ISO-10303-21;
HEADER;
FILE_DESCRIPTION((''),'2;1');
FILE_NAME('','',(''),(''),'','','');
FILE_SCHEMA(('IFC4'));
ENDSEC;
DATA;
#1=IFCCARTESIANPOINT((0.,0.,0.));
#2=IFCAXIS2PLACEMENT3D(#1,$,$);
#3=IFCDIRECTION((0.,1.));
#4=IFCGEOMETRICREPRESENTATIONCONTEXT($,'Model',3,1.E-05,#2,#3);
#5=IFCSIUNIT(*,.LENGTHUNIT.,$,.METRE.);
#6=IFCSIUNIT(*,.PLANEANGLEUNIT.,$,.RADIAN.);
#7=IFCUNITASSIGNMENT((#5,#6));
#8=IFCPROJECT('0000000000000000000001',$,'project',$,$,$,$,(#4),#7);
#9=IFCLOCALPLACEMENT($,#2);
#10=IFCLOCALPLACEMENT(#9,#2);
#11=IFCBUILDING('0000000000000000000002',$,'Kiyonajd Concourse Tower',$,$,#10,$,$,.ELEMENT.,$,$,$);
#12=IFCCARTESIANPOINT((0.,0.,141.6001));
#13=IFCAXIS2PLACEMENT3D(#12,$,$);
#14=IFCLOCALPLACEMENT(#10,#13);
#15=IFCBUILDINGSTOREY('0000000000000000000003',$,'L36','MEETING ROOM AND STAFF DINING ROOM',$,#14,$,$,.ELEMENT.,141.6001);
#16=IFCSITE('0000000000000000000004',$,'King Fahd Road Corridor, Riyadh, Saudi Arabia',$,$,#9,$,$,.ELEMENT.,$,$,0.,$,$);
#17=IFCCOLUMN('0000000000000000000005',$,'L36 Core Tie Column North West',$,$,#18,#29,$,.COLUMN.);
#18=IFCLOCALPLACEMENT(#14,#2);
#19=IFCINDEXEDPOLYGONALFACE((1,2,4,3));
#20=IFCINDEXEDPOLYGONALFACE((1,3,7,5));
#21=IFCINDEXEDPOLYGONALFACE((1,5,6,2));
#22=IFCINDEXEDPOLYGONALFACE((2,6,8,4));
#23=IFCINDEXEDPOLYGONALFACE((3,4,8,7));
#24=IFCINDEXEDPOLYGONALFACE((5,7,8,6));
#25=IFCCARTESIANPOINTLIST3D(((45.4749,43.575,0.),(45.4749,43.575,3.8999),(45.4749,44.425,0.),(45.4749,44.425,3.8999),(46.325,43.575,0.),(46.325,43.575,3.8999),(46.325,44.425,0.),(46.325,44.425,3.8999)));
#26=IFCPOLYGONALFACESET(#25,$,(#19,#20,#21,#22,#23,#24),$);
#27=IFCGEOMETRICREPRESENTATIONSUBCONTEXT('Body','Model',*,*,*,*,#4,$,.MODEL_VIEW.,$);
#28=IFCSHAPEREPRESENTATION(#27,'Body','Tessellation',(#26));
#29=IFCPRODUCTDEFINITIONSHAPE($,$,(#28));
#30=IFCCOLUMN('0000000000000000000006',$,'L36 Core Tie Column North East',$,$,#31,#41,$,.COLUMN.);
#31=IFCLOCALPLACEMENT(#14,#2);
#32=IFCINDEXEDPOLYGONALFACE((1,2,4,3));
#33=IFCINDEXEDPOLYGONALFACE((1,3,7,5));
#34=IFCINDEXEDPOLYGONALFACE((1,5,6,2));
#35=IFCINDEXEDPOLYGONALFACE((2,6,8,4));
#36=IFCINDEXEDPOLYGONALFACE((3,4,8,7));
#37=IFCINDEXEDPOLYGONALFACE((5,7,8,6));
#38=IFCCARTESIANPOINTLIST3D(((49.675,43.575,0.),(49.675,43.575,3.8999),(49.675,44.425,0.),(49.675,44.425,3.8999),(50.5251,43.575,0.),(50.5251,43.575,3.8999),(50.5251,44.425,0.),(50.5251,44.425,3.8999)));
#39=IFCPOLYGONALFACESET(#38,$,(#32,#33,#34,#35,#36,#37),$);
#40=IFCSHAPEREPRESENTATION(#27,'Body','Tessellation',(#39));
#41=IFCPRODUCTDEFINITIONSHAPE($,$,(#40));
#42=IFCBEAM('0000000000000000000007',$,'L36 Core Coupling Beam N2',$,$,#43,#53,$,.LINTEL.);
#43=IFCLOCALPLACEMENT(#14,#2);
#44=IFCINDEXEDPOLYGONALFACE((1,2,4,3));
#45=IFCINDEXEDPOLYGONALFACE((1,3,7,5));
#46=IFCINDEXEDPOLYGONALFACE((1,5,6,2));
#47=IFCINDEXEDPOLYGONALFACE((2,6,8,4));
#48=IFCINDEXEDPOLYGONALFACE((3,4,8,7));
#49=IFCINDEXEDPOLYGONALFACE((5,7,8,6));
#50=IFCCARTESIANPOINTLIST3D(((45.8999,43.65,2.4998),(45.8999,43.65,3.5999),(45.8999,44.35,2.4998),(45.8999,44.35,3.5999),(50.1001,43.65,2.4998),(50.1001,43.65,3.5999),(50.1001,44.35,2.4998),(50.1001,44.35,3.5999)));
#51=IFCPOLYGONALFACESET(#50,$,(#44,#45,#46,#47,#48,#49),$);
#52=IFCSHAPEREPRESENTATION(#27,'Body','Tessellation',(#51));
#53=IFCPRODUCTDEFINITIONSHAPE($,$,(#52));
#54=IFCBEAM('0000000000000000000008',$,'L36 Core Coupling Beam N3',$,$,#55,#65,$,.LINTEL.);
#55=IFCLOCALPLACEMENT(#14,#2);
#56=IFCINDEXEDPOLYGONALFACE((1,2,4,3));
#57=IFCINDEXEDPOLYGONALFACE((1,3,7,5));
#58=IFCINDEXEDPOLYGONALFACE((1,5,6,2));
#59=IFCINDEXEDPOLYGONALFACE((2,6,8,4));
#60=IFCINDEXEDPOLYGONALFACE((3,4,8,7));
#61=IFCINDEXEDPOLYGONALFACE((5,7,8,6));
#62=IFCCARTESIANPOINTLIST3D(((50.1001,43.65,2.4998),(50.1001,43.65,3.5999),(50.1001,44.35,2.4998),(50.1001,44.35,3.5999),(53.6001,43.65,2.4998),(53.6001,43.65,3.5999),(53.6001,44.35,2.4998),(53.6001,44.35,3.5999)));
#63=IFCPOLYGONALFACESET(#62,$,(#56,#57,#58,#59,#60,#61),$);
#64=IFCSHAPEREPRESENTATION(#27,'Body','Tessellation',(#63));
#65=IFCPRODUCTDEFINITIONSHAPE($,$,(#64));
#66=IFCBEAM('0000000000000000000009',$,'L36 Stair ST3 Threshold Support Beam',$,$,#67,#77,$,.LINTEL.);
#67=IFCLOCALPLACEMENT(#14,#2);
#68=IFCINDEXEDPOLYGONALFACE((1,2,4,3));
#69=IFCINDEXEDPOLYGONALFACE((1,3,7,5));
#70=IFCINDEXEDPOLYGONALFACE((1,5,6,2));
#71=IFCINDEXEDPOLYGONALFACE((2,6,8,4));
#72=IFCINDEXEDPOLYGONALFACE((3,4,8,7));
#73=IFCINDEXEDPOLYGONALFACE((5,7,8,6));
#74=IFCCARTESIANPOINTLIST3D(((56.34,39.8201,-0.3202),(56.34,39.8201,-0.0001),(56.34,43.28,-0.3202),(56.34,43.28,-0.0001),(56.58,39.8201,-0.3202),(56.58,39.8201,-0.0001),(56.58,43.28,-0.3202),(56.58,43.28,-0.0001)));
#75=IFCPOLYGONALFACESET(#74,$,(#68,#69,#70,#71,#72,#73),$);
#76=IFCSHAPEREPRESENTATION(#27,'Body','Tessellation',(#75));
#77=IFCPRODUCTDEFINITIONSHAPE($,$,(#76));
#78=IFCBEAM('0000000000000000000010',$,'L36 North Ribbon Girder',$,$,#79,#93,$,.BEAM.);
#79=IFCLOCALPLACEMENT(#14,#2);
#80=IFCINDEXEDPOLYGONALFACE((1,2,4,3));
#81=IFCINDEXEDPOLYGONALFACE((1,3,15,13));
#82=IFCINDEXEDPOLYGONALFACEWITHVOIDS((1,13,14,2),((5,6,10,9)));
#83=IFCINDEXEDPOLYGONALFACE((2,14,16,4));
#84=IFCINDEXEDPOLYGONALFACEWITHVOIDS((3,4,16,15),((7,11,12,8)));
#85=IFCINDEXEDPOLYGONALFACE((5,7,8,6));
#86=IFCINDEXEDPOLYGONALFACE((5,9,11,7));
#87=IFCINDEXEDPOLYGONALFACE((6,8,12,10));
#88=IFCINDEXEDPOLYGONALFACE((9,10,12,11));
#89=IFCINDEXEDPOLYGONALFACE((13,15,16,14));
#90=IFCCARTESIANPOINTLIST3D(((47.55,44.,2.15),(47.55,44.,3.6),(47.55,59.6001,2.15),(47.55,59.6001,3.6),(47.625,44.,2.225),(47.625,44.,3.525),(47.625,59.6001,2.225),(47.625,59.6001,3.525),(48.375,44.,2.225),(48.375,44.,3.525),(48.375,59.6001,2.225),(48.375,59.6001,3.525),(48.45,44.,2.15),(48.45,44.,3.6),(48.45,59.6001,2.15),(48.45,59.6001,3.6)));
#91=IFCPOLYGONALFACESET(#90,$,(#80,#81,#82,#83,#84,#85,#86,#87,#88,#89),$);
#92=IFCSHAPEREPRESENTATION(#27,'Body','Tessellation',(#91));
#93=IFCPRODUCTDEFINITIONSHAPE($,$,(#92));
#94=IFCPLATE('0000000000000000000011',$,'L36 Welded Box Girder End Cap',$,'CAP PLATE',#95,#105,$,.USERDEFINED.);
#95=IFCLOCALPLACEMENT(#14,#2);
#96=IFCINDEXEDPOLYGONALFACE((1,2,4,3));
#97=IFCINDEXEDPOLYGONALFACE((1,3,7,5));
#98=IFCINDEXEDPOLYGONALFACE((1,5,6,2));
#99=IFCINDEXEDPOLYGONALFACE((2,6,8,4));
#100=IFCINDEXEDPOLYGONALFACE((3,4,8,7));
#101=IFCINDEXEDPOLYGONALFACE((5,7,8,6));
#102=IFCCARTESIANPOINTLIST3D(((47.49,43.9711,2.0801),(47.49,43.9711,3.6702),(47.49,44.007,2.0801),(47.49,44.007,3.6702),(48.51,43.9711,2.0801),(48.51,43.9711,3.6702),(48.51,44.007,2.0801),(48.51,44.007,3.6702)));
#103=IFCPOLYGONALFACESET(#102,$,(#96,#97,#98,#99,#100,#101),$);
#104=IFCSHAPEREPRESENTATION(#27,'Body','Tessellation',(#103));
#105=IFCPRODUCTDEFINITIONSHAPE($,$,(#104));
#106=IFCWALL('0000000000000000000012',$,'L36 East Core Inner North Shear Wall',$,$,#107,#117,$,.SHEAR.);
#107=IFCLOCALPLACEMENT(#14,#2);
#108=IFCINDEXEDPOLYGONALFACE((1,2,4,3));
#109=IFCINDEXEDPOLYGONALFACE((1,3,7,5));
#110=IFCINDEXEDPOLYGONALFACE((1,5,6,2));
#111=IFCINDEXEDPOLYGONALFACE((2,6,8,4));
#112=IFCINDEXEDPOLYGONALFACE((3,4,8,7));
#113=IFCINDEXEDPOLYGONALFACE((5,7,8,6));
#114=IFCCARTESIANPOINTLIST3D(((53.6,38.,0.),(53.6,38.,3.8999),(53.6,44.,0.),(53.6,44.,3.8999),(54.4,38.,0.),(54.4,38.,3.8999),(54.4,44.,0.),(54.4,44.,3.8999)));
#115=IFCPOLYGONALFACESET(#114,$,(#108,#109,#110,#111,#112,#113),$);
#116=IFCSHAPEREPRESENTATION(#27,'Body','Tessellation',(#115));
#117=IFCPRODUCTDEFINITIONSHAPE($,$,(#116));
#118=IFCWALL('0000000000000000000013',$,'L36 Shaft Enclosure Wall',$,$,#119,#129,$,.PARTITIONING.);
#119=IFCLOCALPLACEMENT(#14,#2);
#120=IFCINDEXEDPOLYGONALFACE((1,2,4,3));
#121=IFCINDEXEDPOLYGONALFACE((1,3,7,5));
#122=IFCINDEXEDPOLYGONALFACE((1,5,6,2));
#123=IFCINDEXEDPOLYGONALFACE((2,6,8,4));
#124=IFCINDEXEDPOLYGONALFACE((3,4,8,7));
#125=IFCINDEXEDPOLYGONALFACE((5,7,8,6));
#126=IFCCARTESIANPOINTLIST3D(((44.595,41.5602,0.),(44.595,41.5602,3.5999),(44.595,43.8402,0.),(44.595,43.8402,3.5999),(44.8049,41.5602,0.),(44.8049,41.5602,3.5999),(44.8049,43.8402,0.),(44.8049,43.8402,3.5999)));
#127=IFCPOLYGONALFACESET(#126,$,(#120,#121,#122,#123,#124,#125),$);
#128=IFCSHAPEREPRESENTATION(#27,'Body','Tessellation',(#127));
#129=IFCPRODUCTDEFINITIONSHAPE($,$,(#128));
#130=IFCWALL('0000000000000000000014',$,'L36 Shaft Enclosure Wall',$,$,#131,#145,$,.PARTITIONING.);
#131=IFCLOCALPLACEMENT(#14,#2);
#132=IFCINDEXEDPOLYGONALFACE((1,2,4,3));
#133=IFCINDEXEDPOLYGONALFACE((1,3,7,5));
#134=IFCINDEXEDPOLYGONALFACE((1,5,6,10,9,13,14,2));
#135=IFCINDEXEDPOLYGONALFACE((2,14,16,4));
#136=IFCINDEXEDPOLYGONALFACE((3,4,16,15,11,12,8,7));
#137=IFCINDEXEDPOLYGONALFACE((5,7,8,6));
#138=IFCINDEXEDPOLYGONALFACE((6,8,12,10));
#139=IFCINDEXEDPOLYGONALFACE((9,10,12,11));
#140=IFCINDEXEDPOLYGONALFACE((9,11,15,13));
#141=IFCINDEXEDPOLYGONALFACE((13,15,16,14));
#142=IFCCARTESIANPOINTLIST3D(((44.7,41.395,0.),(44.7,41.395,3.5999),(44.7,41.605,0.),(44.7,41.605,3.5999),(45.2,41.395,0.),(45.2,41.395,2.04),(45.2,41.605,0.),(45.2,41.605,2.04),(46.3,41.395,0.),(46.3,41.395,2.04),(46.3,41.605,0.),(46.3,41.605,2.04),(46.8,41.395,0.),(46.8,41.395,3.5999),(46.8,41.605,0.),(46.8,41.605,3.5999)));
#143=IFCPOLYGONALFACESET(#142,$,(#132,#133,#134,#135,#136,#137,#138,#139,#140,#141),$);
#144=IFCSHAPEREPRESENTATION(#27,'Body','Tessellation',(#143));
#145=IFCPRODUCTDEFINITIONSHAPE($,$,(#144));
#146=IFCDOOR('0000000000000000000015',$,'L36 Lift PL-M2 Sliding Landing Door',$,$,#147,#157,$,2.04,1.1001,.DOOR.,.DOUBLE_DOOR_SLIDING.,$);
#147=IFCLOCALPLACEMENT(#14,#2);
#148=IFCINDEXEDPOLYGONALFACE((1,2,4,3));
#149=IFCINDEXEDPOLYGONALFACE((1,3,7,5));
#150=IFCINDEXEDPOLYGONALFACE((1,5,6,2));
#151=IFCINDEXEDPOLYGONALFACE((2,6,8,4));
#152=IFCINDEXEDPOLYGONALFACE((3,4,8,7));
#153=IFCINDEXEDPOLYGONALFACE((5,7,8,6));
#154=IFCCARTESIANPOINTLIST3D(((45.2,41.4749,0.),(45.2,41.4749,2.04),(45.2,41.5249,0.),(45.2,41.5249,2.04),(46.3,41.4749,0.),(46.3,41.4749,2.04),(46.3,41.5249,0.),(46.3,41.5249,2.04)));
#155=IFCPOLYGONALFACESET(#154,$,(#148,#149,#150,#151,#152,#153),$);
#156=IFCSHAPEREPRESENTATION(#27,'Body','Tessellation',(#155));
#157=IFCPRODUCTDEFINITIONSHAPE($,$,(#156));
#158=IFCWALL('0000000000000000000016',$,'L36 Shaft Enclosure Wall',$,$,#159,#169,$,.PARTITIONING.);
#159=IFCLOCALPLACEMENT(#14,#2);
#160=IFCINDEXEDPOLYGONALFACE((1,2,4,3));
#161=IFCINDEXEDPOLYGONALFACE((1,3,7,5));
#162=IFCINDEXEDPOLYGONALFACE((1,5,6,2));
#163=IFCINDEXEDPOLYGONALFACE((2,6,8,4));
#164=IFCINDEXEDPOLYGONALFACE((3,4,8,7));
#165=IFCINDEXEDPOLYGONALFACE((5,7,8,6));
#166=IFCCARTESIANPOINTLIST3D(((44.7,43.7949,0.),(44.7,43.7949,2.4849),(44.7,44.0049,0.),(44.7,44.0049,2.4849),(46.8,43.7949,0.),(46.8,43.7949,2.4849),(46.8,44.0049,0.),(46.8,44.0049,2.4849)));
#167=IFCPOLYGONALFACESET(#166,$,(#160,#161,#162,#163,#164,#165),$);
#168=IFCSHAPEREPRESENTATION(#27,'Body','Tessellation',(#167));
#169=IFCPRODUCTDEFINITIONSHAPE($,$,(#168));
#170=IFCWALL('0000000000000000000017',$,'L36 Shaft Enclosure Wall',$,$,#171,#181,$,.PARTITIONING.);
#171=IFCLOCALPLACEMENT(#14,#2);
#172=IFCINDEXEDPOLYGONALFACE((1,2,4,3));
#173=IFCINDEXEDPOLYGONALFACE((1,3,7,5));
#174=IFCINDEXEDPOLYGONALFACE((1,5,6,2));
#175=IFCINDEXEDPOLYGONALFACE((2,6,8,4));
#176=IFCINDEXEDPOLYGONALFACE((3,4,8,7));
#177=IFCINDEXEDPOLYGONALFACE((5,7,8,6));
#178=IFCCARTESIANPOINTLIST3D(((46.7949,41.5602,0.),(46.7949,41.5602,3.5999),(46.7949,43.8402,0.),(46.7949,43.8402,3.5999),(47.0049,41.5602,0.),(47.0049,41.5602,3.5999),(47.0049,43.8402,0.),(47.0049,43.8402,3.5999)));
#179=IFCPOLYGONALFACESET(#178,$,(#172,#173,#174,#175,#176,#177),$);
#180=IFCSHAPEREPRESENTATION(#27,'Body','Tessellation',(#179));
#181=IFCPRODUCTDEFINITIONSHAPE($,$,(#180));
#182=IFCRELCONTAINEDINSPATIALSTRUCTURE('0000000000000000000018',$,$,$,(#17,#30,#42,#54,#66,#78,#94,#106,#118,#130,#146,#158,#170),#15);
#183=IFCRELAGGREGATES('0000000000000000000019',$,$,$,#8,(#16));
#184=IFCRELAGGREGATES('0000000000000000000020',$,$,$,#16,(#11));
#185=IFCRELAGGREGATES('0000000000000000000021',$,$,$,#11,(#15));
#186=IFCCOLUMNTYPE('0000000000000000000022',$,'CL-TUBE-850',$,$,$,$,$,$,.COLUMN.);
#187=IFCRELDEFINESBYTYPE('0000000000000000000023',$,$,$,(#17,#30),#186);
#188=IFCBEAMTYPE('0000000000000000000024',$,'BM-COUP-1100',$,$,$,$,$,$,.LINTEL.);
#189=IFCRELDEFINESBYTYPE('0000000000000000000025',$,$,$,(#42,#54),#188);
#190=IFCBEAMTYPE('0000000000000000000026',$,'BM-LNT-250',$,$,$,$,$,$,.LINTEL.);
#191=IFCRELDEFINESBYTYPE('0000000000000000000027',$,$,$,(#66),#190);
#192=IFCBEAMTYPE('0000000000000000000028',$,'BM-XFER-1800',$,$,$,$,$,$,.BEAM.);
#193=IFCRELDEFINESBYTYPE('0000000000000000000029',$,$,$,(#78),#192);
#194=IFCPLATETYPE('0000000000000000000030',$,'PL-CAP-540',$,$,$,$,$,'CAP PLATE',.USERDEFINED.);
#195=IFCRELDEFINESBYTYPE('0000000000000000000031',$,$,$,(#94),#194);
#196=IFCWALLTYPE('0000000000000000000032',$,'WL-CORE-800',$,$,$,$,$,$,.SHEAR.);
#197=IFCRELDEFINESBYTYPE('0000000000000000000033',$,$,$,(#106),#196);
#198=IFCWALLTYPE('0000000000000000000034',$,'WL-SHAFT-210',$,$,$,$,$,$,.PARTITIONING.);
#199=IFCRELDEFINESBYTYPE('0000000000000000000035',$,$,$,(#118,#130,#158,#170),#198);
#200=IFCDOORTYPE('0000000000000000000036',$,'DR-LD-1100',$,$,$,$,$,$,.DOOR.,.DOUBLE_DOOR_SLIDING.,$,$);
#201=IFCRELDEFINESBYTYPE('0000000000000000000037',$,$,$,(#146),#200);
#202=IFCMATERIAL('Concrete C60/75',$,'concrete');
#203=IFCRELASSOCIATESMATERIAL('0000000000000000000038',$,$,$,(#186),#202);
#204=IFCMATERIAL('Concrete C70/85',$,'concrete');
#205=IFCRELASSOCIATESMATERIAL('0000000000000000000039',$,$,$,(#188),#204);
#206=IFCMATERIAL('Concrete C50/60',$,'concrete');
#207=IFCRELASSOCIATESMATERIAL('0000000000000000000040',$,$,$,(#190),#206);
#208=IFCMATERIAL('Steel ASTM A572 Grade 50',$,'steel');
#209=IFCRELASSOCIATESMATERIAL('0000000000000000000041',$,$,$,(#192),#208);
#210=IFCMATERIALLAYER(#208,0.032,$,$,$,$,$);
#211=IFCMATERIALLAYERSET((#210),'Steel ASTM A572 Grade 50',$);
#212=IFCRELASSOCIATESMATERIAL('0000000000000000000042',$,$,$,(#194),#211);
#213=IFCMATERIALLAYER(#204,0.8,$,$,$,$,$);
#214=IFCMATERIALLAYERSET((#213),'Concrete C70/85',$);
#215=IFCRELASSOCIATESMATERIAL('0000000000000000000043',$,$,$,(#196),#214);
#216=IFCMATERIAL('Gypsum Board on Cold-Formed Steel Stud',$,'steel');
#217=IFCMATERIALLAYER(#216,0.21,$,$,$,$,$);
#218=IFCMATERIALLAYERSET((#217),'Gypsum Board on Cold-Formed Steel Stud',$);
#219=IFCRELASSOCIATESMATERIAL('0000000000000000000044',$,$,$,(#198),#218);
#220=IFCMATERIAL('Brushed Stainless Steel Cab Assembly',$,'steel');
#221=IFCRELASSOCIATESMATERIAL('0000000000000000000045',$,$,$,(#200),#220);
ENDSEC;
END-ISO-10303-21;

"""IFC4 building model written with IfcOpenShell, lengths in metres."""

from ifc_helpers import new_model, si_unit, direction, frame, frame_2d, origin, origin_2d, place, context, subcontext, project, spatial, rectangle, hollow_rectangle, extrude, material, layer, layer_set, material_profile, profile_set, type_object, element, fill, save


model = new_model("IFC4")

# Units and contexts
model_context = context("Model", 3, precision=1e-05, world=origin(), true_north=direction((0.0, 1.0)))
body_context = subcontext(model_context, "Body", "Model", "MODEL_VIEW")
ifc_project = project(units=[si_unit("LENGTHUNIT", "METRE"), si_unit("PLANEANGLEUNIT", "RADIAN")], contexts=[model_context])

# Site, building, storey
site_placement = place(None, origin())
site = spatial("IfcSite", under=ifc_project, at=site_placement, Name="King Fahd Road Corridor, Riyadh, Saudi Arabia", CompositionType="ELEMENT", RefElevation=0.0)
building_placement = place(site_placement, origin())
building = spatial("IfcBuilding", under=site, at=building_placement, Name="Kiyonajd Concourse Tower", CompositionType="ELEMENT")
storey_placement = place(building_placement, frame((0.0, 0.0, 141.6001)))
storey = spatial("IfcBuildingStorey", under=building, at=storey_placement, Name="L36", Description="MEETING ROOM AND STAFF DINING ROOM", CompositionType="ELEMENT", Elevation=141.6001)

# Columns
ifc_material_1 = material(Name="Concrete C60/75", Category="concrete")
ifc_material_profile_1 = material_profile(ifc_material_1, rectangle(XDim=0.8501, YDim=0.8501, at=origin_2d()), Name="RC-850x850")
ifc_profile_set_1 = profile_set([ifc_material_profile_1], Name="Concrete C60/75")
column_type = type_object("IfcColumnType", Name="CL-TUBE-850", PredefinedType="COLUMN", material=ifc_profile_set_1)
for number, where, z_axis, x_axis, name in (
    (1, (45.8999, 44.0, 0.0), (0.0, 0.0, 1.0), (1.0, 0.0, 0.0), "L36 Core Tie Column North West"),
    (2, (50.1001, 44.0, 0.0), (0.0, 0.0, 1.0), (1.0, 0.0, 0.0), "L36 Core Tie Column North East"),
):
    element("IfcColumn", number, at=place(storey_placement, frame(where, z_axis=z_axis, x_axis=x_axis)), inside=storey, type_object=column_type, Name=name, PredefinedType="COLUMN", context=body_context, shape_type="SweptSolid", body=[
        extrude(rectangle(XDim=0.8501, YDim=0.8501, at=origin_2d()), origin(), (0.0, 0.0, 1.0), 3.8999),
    ])

# Beams
ifc_material_2 = material(Name="Concrete C70/85", Category="concrete")
ifc_material_profile_2 = material_profile(ifc_material_2, rectangle(XDim=0.7, YDim=1.1001, at=origin_2d()), Name="RCBM-700x1100")
ifc_profile_set_2 = profile_set([ifc_material_profile_2], Name="Concrete C70/85")
beam_type_1 = type_object("IfcBeamType", Name="BM-COUP-1100", PredefinedType="LINTEL", material=ifc_profile_set_2)
beam_1_placement = place(storey_placement, frame((45.8999, 44.0, 3.0498), z_axis=(1.0, 0.0, 0.0), x_axis=(0.0, 1.0, 0.0)))
element("IfcBeam", 3, at=beam_1_placement, inside=storey, type_object=beam_type_1, Name="L36 Core Coupling Beam N2", PredefinedType="LINTEL", context=body_context, shape_type="SweptSolid", body=[
    extrude(rectangle(XDim=0.7, YDim=1.1001, at=origin_2d()), origin(), (0.0, 0.0, 1.0), 4.2002),
])
beam_2_placement = place(storey_placement, frame((50.1001, 44.0, 3.0498), z_axis=(1.0, 0.0, 0.0), x_axis=(0.0, 1.0, 0.0)))
element("IfcBeam", 4, at=beam_2_placement, inside=storey, type_object=beam_type_1, Name="L36 Core Coupling Beam N3", PredefinedType="LINTEL", context=body_context, shape_type="SweptSolid", body=[
    extrude(rectangle(XDim=0.7, YDim=1.1001, at=origin_2d()), origin(), (0.0, 0.0, 1.0), 3.5),
])
ifc_material_3 = material(Name="Concrete C50/60", Category="concrete")
ifc_material_profile_3 = material_profile(ifc_material_3, rectangle(XDim=0.24, YDim=0.3201, at=origin_2d()), Name="RCBM-240x320")
ifc_profile_set_3 = profile_set([ifc_material_profile_3], Name="Concrete C50/60")
beam_type_2 = type_object("IfcBeamType", Name="BM-LNT-250", PredefinedType="LINTEL", material=ifc_profile_set_3)
beam_3_placement = place(storey_placement, frame((56.46, 39.8201, -0.1602), z_axis=(0.0, 1.0, 0.0), x_axis=(-1.0, 0.0, 0.0)))
element("IfcBeam", 5, at=beam_3_placement, inside=storey, type_object=beam_type_2, Name="L36 Stair ST3 Threshold Support Beam", PredefinedType="LINTEL", context=body_context, shape_type="SweptSolid", body=[
    extrude(rectangle(XDim=0.24, YDim=0.3201, at=origin_2d()), origin(), (0.0, 0.0, 1.0), 3.46),
])
ifc_material_4 = material(Name="Steel ASTM A572 Grade 50", Category="steel")
ifc_material_profile_4 = material_profile(ifc_material_4, hollow_rectangle(XDim=0.8999, YDim=1.45, WallThickness=0.075, at=origin_2d()), Name="BOX-1450x900x75")
ifc_profile_set_4 = profile_set([ifc_material_profile_4], Name="Steel ASTM A572 Grade 50")
beam_type_3 = type_object("IfcBeamType", Name="BM-XFER-1800", PredefinedType="BEAM", material=ifc_profile_set_4)
beam_4_placement = place(storey_placement, frame((48.0, 44.0, 2.875), z_axis=(0.0, 1.0, 0.0), x_axis=(-1.0, 0.0, 0.0)))
element("IfcBeam", 6, at=beam_4_placement, inside=storey, type_object=beam_type_3, Name="L36 North Ribbon Girder", PredefinedType="BEAM", context=body_context, shape_type="SweptSolid", body=[
    extrude(hollow_rectangle(XDim=0.8999, YDim=1.45, WallThickness=0.075, at=origin_2d()), origin(), (0.0, 0.0, 1.0), 15.6001),
])

# Plate
ifc_layer_1 = layer(ifc_material_4, 0.032)
ifc_layer_set_1 = layer_set([ifc_layer_1], Name="Steel ASTM A572 Grade 50")
plate_type = type_object("IfcPlateType", Name="PL-CAP-540", ElementType="CAP PLATE", PredefinedType="USERDEFINED", material=ifc_layer_set_1)
plate_placement = place(storey_placement, frame((48.0, 43.989, 2.0801), z_axis=(0.0, 0.0, 1.0), x_axis=(0.0, -1.0, 0.0)))
element("IfcPlate", 7, at=plate_placement, inside=storey, type_object=plate_type, Name="L36 Welded Box Girder End Cap", ObjectType="CAP PLATE", PredefinedType="USERDEFINED", context=body_context, shape_type="SweptSolid", body=[
    extrude(rectangle(XDim=0.0359, YDim=1.02, at=origin_2d()), origin(), (0.0, 0.0, 1.0), 1.5901),
])

# Walls
ifc_layer_2 = layer(ifc_material_2, 0.8)
ifc_layer_set_2 = layer_set([ifc_layer_2], Name="Concrete C70/85")
wall_type_1 = type_object("IfcWallType", Name="WL-CORE-800", PredefinedType="SHEAR", material=ifc_layer_set_2)
wall_1_placement = place(storey_placement, frame((54.0, 38.0, 0.0), z_axis=(0.0, 0.0, 1.0), x_axis=(0.0, 1.0, 0.0)))
element("IfcWall", 8, at=wall_1_placement, inside=storey, type_object=wall_type_1, Name="L36 East Core Inner North Shear Wall", PredefinedType="SHEAR", context=body_context, shape_type="SweptSolid", body=[
    extrude(rectangle(XDim=6.0, YDim=0.8, at=frame_2d((3.0, 0.0))), origin(), (0.0, 0.0, 1.0), 3.8999),
])
ifc_material_5 = material(Name="Gypsum Board on Cold-Formed Steel Stud", Category="steel")
ifc_layer_3 = layer(ifc_material_5, 0.21)
ifc_layer_set_3 = layer_set([ifc_layer_3], Name="Gypsum Board on Cold-Formed Steel Stud")
wall_type_2 = type_object("IfcWallType", Name="WL-SHAFT-210", PredefinedType="PARTITIONING", material=ifc_layer_set_3)
wall_2_placement = place(storey_placement, frame((44.7, 41.5601, 0.0), z_axis=(0.0, 0.0, 1.0), x_axis=(0.0, 1.0, 0.0)))
element("IfcWall", 9, at=wall_2_placement, inside=storey, type_object=wall_type_2, Name="L36 Shaft Enclosure Wall", PredefinedType="PARTITIONING", context=body_context, shape_type="SweptSolid", body=[
    extrude(rectangle(XDim=2.28, YDim=0.21, at=frame_2d((1.1401, 0.0))), origin(), (0.0, 0.0, 1.0), 3.5999),
])

# Wall, opening, door
wall_3_placement = place(storey_placement, frame((44.7, 41.5, 0.0), z_axis=(0.0, 0.0, 1.0), x_axis=(1.0, 0.0, 0.0)))
wall_3 = element("IfcWall", 10, at=wall_3_placement, inside=storey, type_object=wall_type_2, Name="L36 Shaft Enclosure Wall", PredefinedType="PARTITIONING", context=body_context, shape_type="SweptSolid", body=[
    extrude(rectangle(XDim=2.1001, YDim=0.21, at=frame_2d((1.05, 0.0))), origin(), (0.0, 0.0, 1.0), 3.5999),
])
opening_1_placement = place(wall_3_placement, frame((0.5, 0.0, 0.0)))
opening_1 = element("IfcOpeningElement", 11, at=opening_1_placement, cuts=wall_3, PredefinedType="OPENING", context=body_context, shape_type="SweptSolid", body=[
    extrude(rectangle(XDim=1.1001, YDim=2.04, at=frame_2d((0.55, 1.02))), frame((0.0, 0.115, 0.0), z_axis=(0.0, -1.0, 0.0), x_axis=(1.0, 0.0, 0.0)), (0.0, 0.0, 1.0), 0.23),
])
ifc_material_6 = material(Name="Brushed Stainless Steel Cab Assembly", Category="steel")
door_type_1 = type_object("IfcDoorType", Name="DR-LD-1100", OperationType="DOUBLE_DOOR_SLIDING", PredefinedType="DOOR", material=ifc_material_6)
door_1_placement = place(opening_1_placement, origin())
door_1 = element("IfcDoor", 12, at=door_1_placement, inside=storey, type_object=door_type_1, Name="L36 Lift PL-M2 Sliding Landing Door", OperationType="DOUBLE_DOOR_SLIDING", OverallHeight=2.04, OverallWidth=1.1001, PredefinedType="DOOR", context=body_context, shape_type="SweptSolid", body=[
    extrude(rectangle(XDim=1.1001, YDim=2.04, at=frame_2d((0.55, 1.02))), frame((0.0, 0.0249, 0.0), z_axis=(0.0, -1.0, 0.0), x_axis=(1.0, 0.0, 0.0)), (0.0, 0.0, 1.0), 0.05),
])
fill(opening_1, door_1)

# Walls
wall_4_placement = place(storey_placement, frame((44.7, 43.8999, 0.0), z_axis=(0.0, 0.0, 1.0), x_axis=(1.0, 0.0, 0.0)))
element("IfcWall", 13, at=wall_4_placement, inside=storey, type_object=wall_type_2, Name="L36 Shaft Enclosure Wall", PredefinedType="PARTITIONING", context=body_context, shape_type="SweptSolid", body=[
    extrude(rectangle(XDim=2.1001, YDim=0.21, at=frame_2d((1.05, 0.0))), origin(), (0.0, 0.0, 1.0), 2.4849),
])
wall_5_placement = place(storey_placement, frame((46.8999, 41.5601, 0.0), z_axis=(0.0, 0.0, 1.0), x_axis=(0.0, 1.0, 0.0)))
element("IfcWall", 14, at=wall_5_placement, inside=storey, type_object=wall_type_2, Name="L36 Shaft Enclosure Wall", PredefinedType="PARTITIONING", context=body_context, shape_type="SweptSolid", body=[
    extrude(rectangle(XDim=2.28, YDim=0.21, at=frame_2d((1.1401, 0.0))), origin(), (0.0, 0.0, 1.0), 3.5999),
])

save(model, "model.ifc")
